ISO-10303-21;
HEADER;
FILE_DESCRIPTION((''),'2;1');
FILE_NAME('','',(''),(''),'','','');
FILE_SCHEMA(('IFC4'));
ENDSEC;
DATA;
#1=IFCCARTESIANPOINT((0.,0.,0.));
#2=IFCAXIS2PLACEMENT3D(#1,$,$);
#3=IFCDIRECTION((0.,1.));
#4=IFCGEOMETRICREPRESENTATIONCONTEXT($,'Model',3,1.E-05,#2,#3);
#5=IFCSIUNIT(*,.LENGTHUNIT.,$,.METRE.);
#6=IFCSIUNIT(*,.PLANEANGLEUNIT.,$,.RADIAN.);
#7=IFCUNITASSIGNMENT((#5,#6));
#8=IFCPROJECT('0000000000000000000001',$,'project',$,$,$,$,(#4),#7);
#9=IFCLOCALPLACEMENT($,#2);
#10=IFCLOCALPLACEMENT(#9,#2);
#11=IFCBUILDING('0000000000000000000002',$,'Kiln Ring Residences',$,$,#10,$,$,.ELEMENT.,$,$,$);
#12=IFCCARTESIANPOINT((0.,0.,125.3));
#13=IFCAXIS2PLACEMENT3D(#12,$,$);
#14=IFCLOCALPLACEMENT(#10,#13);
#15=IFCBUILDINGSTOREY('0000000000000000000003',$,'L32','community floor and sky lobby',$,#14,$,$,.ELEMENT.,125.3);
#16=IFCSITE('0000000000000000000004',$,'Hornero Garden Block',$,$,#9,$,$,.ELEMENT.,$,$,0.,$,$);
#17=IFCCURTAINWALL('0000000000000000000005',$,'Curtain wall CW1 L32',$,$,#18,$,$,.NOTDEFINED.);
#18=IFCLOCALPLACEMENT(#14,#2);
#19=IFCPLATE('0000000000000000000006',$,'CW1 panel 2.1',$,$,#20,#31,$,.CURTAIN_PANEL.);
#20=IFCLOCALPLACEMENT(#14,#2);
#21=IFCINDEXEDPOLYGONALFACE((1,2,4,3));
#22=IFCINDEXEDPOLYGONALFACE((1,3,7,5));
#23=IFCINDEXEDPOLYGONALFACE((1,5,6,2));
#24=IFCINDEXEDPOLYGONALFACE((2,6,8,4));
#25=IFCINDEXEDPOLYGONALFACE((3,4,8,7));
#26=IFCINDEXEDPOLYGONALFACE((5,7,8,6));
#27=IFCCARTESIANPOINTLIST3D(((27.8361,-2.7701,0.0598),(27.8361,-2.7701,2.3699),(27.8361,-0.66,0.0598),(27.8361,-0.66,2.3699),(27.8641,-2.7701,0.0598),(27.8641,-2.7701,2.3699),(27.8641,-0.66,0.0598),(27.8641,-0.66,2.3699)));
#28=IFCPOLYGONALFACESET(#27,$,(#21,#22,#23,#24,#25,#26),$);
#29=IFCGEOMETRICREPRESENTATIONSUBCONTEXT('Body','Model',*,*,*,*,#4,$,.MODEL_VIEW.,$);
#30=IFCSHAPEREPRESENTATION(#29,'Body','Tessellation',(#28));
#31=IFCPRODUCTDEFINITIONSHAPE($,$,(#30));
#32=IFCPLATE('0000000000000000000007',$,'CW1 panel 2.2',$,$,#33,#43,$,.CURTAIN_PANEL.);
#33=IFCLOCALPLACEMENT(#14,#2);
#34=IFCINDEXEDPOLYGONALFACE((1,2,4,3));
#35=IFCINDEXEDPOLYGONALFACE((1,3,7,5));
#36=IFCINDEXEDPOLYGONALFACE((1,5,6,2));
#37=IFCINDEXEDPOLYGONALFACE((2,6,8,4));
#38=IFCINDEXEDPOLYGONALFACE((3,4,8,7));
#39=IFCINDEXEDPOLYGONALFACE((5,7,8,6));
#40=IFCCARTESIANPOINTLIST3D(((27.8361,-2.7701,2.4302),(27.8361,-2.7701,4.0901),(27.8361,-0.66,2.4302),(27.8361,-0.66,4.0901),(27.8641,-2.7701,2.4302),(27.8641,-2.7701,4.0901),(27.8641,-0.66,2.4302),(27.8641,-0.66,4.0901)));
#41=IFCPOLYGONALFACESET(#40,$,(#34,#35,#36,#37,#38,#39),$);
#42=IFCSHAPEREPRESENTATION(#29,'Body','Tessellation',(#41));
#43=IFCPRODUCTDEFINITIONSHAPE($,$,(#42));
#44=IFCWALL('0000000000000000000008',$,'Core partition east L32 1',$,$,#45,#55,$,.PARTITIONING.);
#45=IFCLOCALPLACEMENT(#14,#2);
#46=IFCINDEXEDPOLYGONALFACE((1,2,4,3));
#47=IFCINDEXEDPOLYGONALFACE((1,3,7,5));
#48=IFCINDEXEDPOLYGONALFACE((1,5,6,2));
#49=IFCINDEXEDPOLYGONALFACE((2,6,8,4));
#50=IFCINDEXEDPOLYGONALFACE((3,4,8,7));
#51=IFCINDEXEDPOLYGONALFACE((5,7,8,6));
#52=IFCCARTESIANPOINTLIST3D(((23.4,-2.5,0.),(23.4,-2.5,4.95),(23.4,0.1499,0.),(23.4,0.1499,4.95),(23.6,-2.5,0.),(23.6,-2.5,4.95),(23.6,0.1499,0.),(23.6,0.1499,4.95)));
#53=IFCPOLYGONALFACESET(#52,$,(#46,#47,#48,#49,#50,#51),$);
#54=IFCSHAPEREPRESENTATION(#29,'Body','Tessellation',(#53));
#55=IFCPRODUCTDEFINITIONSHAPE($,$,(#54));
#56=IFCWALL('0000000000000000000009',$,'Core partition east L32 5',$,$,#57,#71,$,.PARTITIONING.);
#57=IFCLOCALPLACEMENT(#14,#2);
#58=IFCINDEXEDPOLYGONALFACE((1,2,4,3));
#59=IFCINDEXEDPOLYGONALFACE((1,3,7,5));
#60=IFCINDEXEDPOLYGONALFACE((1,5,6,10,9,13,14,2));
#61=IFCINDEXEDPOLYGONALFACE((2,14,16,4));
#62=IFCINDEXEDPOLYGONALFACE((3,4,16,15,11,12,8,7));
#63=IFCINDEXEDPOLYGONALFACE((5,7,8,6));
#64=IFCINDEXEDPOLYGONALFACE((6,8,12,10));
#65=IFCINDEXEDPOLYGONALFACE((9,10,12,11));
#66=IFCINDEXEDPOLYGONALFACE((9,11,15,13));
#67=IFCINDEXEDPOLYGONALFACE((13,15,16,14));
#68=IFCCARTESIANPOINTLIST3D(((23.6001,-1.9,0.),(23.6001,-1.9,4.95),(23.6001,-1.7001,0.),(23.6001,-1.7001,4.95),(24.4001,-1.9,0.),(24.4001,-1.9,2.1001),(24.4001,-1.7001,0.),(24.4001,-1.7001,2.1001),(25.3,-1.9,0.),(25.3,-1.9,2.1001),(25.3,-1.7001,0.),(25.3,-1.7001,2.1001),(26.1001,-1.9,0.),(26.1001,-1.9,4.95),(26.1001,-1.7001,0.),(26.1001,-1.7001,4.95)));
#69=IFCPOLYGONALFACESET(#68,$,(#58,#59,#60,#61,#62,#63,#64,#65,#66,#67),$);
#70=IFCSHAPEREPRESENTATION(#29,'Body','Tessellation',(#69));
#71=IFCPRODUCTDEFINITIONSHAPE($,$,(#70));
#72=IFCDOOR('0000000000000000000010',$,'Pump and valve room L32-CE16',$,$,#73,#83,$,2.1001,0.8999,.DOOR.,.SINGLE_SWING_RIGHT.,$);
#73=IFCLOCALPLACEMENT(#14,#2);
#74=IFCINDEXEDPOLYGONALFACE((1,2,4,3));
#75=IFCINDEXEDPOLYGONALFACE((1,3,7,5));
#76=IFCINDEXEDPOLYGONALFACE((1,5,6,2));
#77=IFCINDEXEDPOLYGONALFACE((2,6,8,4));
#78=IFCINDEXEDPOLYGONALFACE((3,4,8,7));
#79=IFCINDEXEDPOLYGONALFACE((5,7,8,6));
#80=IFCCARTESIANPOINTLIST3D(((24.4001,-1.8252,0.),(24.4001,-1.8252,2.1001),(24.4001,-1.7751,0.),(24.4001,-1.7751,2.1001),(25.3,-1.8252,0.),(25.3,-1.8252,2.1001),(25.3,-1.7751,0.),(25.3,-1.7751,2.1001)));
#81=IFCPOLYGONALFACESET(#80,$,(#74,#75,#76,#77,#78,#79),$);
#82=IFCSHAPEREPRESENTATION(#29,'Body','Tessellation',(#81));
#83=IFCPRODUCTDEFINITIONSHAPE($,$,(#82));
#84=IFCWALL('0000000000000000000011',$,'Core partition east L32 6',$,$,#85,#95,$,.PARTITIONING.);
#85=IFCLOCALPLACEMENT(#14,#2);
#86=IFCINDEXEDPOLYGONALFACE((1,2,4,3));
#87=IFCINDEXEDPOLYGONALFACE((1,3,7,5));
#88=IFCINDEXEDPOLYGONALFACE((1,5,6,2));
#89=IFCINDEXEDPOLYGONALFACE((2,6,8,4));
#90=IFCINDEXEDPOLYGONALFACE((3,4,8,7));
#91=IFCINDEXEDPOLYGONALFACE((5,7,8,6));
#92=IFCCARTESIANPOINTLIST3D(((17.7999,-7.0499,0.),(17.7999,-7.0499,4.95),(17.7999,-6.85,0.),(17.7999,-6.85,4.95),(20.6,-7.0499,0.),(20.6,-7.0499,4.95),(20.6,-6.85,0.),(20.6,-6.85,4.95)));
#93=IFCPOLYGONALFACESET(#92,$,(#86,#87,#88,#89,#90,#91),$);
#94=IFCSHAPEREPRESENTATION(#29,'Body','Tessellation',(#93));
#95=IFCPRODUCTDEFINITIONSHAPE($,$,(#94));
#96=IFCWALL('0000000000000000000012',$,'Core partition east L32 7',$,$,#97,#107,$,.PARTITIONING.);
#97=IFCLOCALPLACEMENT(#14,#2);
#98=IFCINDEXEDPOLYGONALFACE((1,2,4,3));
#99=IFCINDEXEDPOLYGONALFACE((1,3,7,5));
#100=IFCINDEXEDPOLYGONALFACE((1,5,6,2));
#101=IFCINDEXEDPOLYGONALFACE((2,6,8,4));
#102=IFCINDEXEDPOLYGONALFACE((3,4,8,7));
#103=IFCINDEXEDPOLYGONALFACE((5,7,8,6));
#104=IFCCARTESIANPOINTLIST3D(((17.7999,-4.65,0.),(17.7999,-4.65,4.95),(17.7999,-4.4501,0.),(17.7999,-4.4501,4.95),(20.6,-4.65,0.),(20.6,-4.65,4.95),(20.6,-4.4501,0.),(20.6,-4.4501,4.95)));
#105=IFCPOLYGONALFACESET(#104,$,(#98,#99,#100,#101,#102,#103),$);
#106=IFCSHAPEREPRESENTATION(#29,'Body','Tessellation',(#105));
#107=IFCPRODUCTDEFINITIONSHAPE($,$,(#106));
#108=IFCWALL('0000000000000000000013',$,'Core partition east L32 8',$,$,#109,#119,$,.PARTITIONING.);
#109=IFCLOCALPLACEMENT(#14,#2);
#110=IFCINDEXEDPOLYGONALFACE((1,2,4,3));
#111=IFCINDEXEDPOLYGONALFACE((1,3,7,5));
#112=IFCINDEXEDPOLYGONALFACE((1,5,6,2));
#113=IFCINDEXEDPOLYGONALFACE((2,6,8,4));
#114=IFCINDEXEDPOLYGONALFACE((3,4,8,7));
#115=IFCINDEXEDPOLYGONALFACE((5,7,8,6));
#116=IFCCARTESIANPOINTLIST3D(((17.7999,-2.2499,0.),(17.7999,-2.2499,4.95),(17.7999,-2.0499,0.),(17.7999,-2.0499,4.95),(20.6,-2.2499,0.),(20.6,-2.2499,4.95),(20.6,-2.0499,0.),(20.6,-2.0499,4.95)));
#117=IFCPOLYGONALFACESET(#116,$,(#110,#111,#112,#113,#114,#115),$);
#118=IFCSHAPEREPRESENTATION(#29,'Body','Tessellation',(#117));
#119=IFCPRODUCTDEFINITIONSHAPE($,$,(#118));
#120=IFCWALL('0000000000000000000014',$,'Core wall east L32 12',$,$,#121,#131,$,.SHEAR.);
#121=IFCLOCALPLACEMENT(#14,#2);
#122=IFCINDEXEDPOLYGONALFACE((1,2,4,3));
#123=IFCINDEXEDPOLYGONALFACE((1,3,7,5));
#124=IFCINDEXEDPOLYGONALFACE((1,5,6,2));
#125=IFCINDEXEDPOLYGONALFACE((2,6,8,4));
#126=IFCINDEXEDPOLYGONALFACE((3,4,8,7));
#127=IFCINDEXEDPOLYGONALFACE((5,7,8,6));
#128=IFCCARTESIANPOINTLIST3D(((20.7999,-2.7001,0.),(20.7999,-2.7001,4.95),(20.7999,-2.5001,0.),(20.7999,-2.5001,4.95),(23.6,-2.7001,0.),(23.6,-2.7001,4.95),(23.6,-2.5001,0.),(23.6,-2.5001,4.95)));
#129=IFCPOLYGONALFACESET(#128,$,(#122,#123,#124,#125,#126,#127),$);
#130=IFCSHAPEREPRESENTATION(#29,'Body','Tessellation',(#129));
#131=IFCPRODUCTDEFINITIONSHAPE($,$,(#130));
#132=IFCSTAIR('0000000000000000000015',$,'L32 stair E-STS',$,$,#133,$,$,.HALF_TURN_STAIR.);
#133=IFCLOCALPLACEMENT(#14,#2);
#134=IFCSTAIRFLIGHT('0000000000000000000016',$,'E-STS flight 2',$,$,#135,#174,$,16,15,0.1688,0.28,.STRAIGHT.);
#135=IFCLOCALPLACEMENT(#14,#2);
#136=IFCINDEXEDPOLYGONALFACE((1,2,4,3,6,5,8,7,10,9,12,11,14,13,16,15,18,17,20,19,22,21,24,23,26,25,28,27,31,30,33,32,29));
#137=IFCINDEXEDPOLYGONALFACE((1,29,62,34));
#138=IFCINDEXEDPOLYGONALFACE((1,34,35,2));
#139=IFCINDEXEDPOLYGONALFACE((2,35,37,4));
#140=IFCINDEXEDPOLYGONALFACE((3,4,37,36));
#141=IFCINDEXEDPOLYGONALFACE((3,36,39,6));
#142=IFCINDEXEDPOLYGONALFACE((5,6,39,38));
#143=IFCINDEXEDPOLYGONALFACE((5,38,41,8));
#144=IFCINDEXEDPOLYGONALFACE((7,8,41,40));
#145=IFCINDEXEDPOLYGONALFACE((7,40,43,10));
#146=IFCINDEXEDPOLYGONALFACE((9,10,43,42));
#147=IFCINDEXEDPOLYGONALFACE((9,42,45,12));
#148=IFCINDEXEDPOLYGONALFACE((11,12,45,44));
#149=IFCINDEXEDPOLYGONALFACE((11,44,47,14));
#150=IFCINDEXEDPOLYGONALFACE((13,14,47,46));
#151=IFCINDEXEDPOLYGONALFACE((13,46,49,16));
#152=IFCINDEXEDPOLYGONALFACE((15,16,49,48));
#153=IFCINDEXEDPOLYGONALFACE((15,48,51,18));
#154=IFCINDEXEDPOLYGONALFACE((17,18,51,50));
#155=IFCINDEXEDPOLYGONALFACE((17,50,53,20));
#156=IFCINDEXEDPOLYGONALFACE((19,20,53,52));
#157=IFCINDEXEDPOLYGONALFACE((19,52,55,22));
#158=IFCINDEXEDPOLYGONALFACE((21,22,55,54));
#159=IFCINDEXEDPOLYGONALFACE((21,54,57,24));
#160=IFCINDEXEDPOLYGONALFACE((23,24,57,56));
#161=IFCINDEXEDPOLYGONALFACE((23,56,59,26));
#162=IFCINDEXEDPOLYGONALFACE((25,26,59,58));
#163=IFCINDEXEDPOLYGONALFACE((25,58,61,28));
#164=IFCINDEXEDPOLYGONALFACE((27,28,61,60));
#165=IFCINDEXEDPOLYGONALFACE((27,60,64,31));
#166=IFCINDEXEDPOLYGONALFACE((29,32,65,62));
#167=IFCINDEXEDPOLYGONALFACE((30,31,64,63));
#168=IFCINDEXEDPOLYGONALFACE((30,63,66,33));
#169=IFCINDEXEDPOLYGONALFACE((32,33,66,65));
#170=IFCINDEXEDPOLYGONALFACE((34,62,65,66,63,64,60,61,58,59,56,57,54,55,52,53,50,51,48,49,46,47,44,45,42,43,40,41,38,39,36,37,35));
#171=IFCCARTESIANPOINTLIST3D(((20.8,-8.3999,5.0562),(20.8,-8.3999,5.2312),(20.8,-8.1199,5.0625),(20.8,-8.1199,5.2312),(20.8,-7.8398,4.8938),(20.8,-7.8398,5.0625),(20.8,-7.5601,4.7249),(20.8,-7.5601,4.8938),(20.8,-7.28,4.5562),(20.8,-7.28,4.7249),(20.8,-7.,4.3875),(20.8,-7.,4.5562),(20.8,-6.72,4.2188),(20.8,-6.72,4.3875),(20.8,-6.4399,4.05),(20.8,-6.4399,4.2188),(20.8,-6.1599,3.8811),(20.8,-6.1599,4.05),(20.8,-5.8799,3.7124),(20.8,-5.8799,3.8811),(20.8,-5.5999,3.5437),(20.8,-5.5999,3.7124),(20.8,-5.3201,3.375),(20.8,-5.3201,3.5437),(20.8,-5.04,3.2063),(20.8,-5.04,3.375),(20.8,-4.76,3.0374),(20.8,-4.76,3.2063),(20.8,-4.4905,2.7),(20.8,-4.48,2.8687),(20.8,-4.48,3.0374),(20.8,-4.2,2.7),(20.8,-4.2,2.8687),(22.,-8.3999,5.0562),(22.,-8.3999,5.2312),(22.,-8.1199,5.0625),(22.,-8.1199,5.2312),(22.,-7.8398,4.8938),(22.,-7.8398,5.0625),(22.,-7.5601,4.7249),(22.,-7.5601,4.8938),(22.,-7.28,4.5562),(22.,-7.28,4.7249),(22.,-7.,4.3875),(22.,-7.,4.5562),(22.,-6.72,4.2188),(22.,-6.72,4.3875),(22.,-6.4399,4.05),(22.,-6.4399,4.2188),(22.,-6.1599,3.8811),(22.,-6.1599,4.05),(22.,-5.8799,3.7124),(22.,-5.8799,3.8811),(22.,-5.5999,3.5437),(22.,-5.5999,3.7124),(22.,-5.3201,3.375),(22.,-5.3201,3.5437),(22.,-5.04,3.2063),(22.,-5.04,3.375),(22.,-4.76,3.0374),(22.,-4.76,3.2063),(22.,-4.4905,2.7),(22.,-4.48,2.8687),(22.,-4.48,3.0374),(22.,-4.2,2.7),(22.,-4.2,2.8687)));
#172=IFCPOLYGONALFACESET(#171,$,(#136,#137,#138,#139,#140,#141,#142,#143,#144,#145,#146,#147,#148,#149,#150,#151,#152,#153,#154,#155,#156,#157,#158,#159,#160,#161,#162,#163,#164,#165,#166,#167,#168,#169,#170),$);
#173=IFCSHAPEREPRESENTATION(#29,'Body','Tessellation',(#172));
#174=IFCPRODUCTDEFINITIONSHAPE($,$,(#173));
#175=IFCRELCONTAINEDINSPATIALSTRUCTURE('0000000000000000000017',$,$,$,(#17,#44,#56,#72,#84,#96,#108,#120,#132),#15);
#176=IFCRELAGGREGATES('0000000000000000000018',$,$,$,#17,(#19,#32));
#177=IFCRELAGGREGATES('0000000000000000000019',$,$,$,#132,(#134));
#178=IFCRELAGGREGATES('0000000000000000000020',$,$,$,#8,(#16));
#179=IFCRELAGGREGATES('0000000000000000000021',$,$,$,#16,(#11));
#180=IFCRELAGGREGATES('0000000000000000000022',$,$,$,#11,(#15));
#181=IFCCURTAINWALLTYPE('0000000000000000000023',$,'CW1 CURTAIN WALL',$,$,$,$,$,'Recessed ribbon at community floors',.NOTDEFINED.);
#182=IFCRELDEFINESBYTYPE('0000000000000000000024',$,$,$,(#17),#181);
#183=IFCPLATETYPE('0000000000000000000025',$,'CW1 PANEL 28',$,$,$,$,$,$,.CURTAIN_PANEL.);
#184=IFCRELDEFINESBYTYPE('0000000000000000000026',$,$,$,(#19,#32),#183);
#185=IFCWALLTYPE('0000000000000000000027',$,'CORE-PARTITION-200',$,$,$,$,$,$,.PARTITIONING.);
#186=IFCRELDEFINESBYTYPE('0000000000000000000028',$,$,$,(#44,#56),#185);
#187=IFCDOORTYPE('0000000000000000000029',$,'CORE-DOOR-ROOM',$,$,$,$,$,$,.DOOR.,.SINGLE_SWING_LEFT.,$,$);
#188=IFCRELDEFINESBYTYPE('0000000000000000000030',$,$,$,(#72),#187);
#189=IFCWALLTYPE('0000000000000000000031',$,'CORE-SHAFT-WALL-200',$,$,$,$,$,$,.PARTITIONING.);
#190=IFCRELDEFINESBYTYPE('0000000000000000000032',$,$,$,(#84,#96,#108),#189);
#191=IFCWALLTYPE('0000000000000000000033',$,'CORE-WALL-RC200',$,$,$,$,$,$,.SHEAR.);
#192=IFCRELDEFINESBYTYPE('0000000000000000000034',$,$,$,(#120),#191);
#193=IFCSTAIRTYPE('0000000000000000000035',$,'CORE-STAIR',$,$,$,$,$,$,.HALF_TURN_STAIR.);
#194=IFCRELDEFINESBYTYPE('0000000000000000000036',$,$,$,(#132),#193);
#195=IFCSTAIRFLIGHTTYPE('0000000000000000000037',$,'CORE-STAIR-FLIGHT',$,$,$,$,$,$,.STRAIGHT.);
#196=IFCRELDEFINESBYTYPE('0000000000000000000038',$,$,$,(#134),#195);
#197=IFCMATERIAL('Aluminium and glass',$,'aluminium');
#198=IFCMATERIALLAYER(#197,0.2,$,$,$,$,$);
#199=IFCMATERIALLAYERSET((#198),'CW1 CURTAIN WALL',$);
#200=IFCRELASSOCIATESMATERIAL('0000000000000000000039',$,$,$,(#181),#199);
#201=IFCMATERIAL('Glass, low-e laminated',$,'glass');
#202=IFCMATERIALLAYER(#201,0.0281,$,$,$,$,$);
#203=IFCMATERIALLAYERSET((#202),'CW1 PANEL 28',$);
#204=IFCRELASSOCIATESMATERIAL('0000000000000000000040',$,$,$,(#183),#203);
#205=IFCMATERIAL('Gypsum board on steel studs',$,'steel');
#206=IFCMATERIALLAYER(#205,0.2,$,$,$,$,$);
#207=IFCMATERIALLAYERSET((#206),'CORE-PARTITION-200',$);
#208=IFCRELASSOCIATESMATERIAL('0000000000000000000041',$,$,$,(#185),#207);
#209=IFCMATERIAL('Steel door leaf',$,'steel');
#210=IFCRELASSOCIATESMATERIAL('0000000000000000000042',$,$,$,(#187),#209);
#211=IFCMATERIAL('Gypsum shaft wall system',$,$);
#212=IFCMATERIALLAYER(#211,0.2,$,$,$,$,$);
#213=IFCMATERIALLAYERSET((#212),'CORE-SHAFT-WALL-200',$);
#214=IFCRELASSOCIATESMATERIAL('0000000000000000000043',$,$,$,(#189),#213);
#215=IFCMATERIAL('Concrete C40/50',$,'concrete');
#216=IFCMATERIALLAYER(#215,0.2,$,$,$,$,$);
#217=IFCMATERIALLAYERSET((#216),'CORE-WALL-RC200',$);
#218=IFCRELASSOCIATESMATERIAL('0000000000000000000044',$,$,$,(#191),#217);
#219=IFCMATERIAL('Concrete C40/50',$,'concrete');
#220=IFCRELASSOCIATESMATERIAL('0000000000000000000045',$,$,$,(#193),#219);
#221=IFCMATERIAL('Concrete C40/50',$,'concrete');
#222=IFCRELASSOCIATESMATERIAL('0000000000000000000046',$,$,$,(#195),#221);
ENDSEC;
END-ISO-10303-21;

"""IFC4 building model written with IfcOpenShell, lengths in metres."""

from ifc_helpers import new_model, si_unit, direction, frame, frame_2d, origin, origin_2d, place, context, subcontext, project, spatial, polyline, rectangle, outline, extrude, material, layer, layer_set, type_object, element, fill, aggregate, save


model = new_model("IFC4")

# Units and contexts
model_context = context("Model", 3, precision=1e-05, world=origin(), true_north=direction((0.0, 1.0)))
body_context = subcontext(model_context, "Body", "Model", "MODEL_VIEW")
ifc_project = project(units=[si_unit("LENGTHUNIT", "METRE"), si_unit("PLANEANGLEUNIT", "RADIAN")], contexts=[model_context])

# Site, building, storey
site_placement = place(None, origin())
site = spatial("IfcSite", under=ifc_project, at=site_placement, Name="Hornero Garden Block", CompositionType="ELEMENT", RefElevation=0.0)
building_placement = place(site_placement, origin())
building = spatial("IfcBuilding", under=site, at=building_placement, Name="Kiln Ring Residences", CompositionType="ELEMENT")
storey_placement = place(building_placement, frame((0.0, 0.0, 125.3)))
storey = spatial("IfcBuildingStorey", under=building, at=storey_placement, Name="L32", Description="community floor and sky lobby", CompositionType="ELEMENT", Elevation=125.3)

# Shared definitions
ifc_material_1 = material(Name="Aluminium and glass", Category="aluminium")
ifc_layer_1 = layer(ifc_material_1, 0.2)
ifc_layer_set_1 = layer_set([ifc_layer_1], Name="CW1 CURTAIN WALL")
curtain_wall_type = type_object("IfcCurtainWallType", Name="CW1 CURTAIN WALL", ElementType="Recessed ribbon at community floors", PredefinedType="NOTDEFINED", material=ifc_layer_set_1)
placement = place(storey_placement, origin())

# Curtain wall
curtain_wall_1 = element("IfcCurtainWall", 1, at=placement, inside=storey, type_object=curtain_wall_type, Name="Curtain wall CW1 L32", PredefinedType="NOTDEFINED")

# Plates
ifc_material_2 = material(Name="Glass, low-e laminated", Category="glass")
ifc_layer_2 = layer(ifc_material_2, 0.0281)
ifc_layer_set_2 = layer_set([ifc_layer_2], Name="CW1 PANEL 28")
plate_type = type_object("IfcPlateType", Name="CW1 PANEL 28", PredefinedType="CURTAIN_PANEL", material=ifc_layer_set_2)
plate_1_placement = place(storey_placement, frame((27.8501, -1.7151, 0.0598), z_axis=(0.0, 0.0, 1.0), x_axis=(0.0, 1.0, 0.0)))
plate_1 = element("IfcPlate", 2, at=plate_1_placement, type_object=plate_type, Name="CW1 panel 2.1", PredefinedType="CURTAIN_PANEL", context=body_context, shape_type="SweptSolid", body=[
    extrude(rectangle(XDim=2.1101, YDim=0.0281, at=origin_2d()), origin(), (0.0, 0.0, 1.0), 2.3101),
])
plate_2_placement = place(storey_placement, frame((27.8501, -1.7151, 2.4302), z_axis=(0.0, 0.0, 1.0), x_axis=(0.0, 1.0, 0.0)))
plate_2 = element("IfcPlate", 3, at=plate_2_placement, type_object=plate_type, Name="CW1 panel 2.2", PredefinedType="CURTAIN_PANEL", context=body_context, shape_type="SweptSolid", body=[
    extrude(rectangle(XDim=2.1101, YDim=0.0281, at=origin_2d()), origin(), (0.0, 0.0, 1.0), 1.6599),
])
aggregate(curtain_wall_1, [plate_1, plate_2])

# Wall
ifc_material_3 = material(Name="Gypsum board on steel studs", Category="steel")
ifc_layer_3 = layer(ifc_material_3, 0.2)
ifc_layer_set_3 = layer_set([ifc_layer_3], Name="CORE-PARTITION-200")
wall_type_1 = type_object("IfcWallType", Name="CORE-PARTITION-200", PredefinedType="PARTITIONING", material=ifc_layer_set_3)
wall_1_placement = place(storey_placement, frame((23.5, -2.5, 0.0), z_axis=(0.0, 0.0, 1.0), x_axis=(0.0, 1.0, 0.0)))
element("IfcWall", 4, at=wall_1_placement, inside=storey, type_object=wall_type_1, Name="Core partition east L32 1", PredefinedType="PARTITIONING", context=body_context, shape_type="SweptSolid", body=[
    extrude(rectangle(XDim=2.6499, YDim=0.2, at=frame_2d((1.325, 0.0))), origin(), (0.0, 0.0, 1.0), 4.95),
])

# Wall, opening, door
wall_2_placement = place(storey_placement, frame((23.6001, -1.8, 0.0), z_axis=(0.0, 0.0, 1.0), x_axis=(1.0, 0.0, 0.0)))
wall_2 = element("IfcWall", 5, at=wall_2_placement, inside=storey, type_object=wall_type_1, Name="Core partition east L32 5", PredefinedType="PARTITIONING", context=body_context, shape_type="SweptSolid", body=[
    extrude(rectangle(XDim=2.5, YDim=0.2, at=frame_2d((1.25, 0.0))), origin(), (0.0, 0.0, 1.0), 4.95),
])
opening_placement = place(wall_2_placement, frame((0.8, 0.0, 0.0)))
opening = element("IfcOpeningElement", 6, at=opening_placement, cuts=wall_2, PredefinedType="OPENING", context=body_context, shape_type="SweptSolid", body=[
    extrude(rectangle(XDim=0.8999, YDim=2.1001, at=frame_2d((0.45, 1.05))), frame((0.0, 0.1099, 0.0), z_axis=(0.0, -1.0, 0.0), x_axis=(1.0, 0.0, 0.0)), (0.0, 0.0, 1.0), 0.22),
])
ifc_material_4 = material(Name="Steel door leaf", Category="steel")
door_type = type_object("IfcDoorType", Name="CORE-DOOR-ROOM", OperationType="SINGLE_SWING_LEFT", PredefinedType="DOOR", material=ifc_material_4)
door_placement = place(opening_placement, origin())
door = element("IfcDoor", 7, at=door_placement, inside=storey, type_object=door_type, Name="Pump and valve room L32-CE16", OperationType="SINGLE_SWING_RIGHT", OverallHeight=2.1001, OverallWidth=0.8999, PredefinedType="DOOR", context=body_context, shape_type="SweptSolid", body=[
    extrude(rectangle(XDim=0.8999, YDim=2.1001, at=frame_2d((0.45, 1.05))), frame((0.0, 0.0249, 0.0), z_axis=(0.0, -1.0, 0.0), x_axis=(1.0, 0.0, 0.0)), (0.0, 0.0, 1.0), 0.05),
])
fill(opening, door)

# Walls
ifc_material_5 = material(Name="Gypsum shaft wall system")
ifc_layer_4 = layer(ifc_material_5, 0.2)
ifc_layer_set_4 = layer_set([ifc_layer_4], Name="CORE-SHAFT-WALL-200")
wall_type_2 = type_object("IfcWallType", Name="CORE-SHAFT-WALL-200", PredefinedType="PARTITIONING", material=ifc_layer_set_4)
for number, where, z_axis, x_axis, name in (
    (8, (17.8, -6.95, 0.0), (0.0, 0.0, 1.0), (1.0, 0.0, 0.0), "Core partition east L32 6"),
    (9, (17.8, -4.55, 0.0), (0.0, 0.0, 1.0), (1.0, 0.0, 0.0), "Core partition east L32 7"),
    (10, (17.8, -2.1499, 0.0), (0.0, 0.0, 1.0), (1.0, 0.0, 0.0), "Core partition east L32 8"),
):
    element("IfcWall", number, at=place(storey_placement, frame(where, z_axis=z_axis, x_axis=x_axis)), inside=storey, type_object=wall_type_2, Name=name, PredefinedType="PARTITIONING", context=body_context, shape_type="SweptSolid", body=[
        extrude(rectangle(XDim=2.8, YDim=0.2, at=frame_2d((1.3999, 0.0))), origin(), (0.0, 0.0, 1.0), 4.95),
    ])
ifc_material_6 = material(Name="Concrete C40/50", Category="concrete")
ifc_layer_5 = layer(ifc_material_6, 0.2)
ifc_layer_set_5 = layer_set([ifc_layer_5], Name="CORE-WALL-RC200")
wall_type_3 = type_object("IfcWallType", Name="CORE-WALL-RC200", PredefinedType="SHEAR", material=ifc_layer_set_5)
wall_3_placement = place(storey_placement, frame((20.8, -2.6001, 0.0), z_axis=(0.0, 0.0, 1.0), x_axis=(1.0, 0.0, 0.0)))
element("IfcWall", 11, at=wall_3_placement, inside=storey, type_object=wall_type_3, Name="Core wall east L32 12", PredefinedType="SHEAR", context=body_context, shape_type="SweptSolid", body=[
    extrude(rectangle(XDim=2.8, YDim=0.2, at=frame_2d((1.3999, 0.0))), origin(), (0.0, 0.0, 1.0), 4.95),
])

# Stair, stair flight
ifc_material_7 = material(Name="Concrete C40/50", Category="concrete")
stair_type = type_object("IfcStairType", Name="CORE-STAIR", PredefinedType="HALF_TURN_STAIR", material=ifc_material_7)
stair = element("IfcStair", 12, at=placement, inside=storey, type_object=stair_type, Name="L32 stair E-STS", PredefinedType="HALF_TURN_STAIR")
ifc_material_8 = material(Name="Concrete C40/50", Category="concrete")
stair_flight_type = type_object("IfcStairFlightType", Name="CORE-STAIR-FLIGHT", PredefinedType="STRAIGHT", material=ifc_material_8)
stair_flight_placement = place(storey_placement, frame((21.3999, -4.2, 2.7), z_axis=(0.0, 0.0, 1.0), x_axis=(0.0, -1.0, 0.0)))
stair_flight = element("IfcStairFlight", 13, at=stair_flight_placement, type_object=stair_flight_type, Name="E-STS flight 2", NumberOfRisers=16, NumberOfTreads=15, PredefinedType="STRAIGHT", RiserHeight=0.1688, TreadLength=0.28, context=body_context, shape_type="SweptSolid", body=[
    extrude(outline(polyline([(0.0, 0.0), (0.0, 0.1687), (0.28, 0.1687), (0.28, 0.3374), (0.5601, 0.3374), (0.5601, 0.5063), (0.8401, 0.5063), (0.8401, 0.675), (1.1201, 0.675), (1.1201, 0.8438), (1.3999, 0.8438), (1.3999, 1.0125), (1.6799, 1.0125), (1.6799, 1.1812), (1.96, 1.1812), (1.96, 1.3501), (2.24, 1.3501), (2.24, 1.5188), (2.52, 1.5188), (2.52, 1.6875), (2.8, 1.6875), (2.8, 1.8562), (3.0801, 1.8562), (3.0801, 2.0249), (3.3601, 2.0249), (3.3601, 2.1938), (3.6399, 2.1938), (3.6399, 2.3625), (3.9199, 2.3625), (3.9199, 2.5312), (4.2, 2.5312), (4.2, 2.7), (4.2, 2.3562), (0.2905, 0.0), (0.0, 0.0)])), frame((0.0, 0.6001, 0.0), z_axis=(0.0, -1.0, 0.0), x_axis=(1.0, 0.0, 0.0)), (0.0, 0.0, 1.0), 1.2),
])
aggregate(stair, [stair_flight])

save(model, "model.ifc")
